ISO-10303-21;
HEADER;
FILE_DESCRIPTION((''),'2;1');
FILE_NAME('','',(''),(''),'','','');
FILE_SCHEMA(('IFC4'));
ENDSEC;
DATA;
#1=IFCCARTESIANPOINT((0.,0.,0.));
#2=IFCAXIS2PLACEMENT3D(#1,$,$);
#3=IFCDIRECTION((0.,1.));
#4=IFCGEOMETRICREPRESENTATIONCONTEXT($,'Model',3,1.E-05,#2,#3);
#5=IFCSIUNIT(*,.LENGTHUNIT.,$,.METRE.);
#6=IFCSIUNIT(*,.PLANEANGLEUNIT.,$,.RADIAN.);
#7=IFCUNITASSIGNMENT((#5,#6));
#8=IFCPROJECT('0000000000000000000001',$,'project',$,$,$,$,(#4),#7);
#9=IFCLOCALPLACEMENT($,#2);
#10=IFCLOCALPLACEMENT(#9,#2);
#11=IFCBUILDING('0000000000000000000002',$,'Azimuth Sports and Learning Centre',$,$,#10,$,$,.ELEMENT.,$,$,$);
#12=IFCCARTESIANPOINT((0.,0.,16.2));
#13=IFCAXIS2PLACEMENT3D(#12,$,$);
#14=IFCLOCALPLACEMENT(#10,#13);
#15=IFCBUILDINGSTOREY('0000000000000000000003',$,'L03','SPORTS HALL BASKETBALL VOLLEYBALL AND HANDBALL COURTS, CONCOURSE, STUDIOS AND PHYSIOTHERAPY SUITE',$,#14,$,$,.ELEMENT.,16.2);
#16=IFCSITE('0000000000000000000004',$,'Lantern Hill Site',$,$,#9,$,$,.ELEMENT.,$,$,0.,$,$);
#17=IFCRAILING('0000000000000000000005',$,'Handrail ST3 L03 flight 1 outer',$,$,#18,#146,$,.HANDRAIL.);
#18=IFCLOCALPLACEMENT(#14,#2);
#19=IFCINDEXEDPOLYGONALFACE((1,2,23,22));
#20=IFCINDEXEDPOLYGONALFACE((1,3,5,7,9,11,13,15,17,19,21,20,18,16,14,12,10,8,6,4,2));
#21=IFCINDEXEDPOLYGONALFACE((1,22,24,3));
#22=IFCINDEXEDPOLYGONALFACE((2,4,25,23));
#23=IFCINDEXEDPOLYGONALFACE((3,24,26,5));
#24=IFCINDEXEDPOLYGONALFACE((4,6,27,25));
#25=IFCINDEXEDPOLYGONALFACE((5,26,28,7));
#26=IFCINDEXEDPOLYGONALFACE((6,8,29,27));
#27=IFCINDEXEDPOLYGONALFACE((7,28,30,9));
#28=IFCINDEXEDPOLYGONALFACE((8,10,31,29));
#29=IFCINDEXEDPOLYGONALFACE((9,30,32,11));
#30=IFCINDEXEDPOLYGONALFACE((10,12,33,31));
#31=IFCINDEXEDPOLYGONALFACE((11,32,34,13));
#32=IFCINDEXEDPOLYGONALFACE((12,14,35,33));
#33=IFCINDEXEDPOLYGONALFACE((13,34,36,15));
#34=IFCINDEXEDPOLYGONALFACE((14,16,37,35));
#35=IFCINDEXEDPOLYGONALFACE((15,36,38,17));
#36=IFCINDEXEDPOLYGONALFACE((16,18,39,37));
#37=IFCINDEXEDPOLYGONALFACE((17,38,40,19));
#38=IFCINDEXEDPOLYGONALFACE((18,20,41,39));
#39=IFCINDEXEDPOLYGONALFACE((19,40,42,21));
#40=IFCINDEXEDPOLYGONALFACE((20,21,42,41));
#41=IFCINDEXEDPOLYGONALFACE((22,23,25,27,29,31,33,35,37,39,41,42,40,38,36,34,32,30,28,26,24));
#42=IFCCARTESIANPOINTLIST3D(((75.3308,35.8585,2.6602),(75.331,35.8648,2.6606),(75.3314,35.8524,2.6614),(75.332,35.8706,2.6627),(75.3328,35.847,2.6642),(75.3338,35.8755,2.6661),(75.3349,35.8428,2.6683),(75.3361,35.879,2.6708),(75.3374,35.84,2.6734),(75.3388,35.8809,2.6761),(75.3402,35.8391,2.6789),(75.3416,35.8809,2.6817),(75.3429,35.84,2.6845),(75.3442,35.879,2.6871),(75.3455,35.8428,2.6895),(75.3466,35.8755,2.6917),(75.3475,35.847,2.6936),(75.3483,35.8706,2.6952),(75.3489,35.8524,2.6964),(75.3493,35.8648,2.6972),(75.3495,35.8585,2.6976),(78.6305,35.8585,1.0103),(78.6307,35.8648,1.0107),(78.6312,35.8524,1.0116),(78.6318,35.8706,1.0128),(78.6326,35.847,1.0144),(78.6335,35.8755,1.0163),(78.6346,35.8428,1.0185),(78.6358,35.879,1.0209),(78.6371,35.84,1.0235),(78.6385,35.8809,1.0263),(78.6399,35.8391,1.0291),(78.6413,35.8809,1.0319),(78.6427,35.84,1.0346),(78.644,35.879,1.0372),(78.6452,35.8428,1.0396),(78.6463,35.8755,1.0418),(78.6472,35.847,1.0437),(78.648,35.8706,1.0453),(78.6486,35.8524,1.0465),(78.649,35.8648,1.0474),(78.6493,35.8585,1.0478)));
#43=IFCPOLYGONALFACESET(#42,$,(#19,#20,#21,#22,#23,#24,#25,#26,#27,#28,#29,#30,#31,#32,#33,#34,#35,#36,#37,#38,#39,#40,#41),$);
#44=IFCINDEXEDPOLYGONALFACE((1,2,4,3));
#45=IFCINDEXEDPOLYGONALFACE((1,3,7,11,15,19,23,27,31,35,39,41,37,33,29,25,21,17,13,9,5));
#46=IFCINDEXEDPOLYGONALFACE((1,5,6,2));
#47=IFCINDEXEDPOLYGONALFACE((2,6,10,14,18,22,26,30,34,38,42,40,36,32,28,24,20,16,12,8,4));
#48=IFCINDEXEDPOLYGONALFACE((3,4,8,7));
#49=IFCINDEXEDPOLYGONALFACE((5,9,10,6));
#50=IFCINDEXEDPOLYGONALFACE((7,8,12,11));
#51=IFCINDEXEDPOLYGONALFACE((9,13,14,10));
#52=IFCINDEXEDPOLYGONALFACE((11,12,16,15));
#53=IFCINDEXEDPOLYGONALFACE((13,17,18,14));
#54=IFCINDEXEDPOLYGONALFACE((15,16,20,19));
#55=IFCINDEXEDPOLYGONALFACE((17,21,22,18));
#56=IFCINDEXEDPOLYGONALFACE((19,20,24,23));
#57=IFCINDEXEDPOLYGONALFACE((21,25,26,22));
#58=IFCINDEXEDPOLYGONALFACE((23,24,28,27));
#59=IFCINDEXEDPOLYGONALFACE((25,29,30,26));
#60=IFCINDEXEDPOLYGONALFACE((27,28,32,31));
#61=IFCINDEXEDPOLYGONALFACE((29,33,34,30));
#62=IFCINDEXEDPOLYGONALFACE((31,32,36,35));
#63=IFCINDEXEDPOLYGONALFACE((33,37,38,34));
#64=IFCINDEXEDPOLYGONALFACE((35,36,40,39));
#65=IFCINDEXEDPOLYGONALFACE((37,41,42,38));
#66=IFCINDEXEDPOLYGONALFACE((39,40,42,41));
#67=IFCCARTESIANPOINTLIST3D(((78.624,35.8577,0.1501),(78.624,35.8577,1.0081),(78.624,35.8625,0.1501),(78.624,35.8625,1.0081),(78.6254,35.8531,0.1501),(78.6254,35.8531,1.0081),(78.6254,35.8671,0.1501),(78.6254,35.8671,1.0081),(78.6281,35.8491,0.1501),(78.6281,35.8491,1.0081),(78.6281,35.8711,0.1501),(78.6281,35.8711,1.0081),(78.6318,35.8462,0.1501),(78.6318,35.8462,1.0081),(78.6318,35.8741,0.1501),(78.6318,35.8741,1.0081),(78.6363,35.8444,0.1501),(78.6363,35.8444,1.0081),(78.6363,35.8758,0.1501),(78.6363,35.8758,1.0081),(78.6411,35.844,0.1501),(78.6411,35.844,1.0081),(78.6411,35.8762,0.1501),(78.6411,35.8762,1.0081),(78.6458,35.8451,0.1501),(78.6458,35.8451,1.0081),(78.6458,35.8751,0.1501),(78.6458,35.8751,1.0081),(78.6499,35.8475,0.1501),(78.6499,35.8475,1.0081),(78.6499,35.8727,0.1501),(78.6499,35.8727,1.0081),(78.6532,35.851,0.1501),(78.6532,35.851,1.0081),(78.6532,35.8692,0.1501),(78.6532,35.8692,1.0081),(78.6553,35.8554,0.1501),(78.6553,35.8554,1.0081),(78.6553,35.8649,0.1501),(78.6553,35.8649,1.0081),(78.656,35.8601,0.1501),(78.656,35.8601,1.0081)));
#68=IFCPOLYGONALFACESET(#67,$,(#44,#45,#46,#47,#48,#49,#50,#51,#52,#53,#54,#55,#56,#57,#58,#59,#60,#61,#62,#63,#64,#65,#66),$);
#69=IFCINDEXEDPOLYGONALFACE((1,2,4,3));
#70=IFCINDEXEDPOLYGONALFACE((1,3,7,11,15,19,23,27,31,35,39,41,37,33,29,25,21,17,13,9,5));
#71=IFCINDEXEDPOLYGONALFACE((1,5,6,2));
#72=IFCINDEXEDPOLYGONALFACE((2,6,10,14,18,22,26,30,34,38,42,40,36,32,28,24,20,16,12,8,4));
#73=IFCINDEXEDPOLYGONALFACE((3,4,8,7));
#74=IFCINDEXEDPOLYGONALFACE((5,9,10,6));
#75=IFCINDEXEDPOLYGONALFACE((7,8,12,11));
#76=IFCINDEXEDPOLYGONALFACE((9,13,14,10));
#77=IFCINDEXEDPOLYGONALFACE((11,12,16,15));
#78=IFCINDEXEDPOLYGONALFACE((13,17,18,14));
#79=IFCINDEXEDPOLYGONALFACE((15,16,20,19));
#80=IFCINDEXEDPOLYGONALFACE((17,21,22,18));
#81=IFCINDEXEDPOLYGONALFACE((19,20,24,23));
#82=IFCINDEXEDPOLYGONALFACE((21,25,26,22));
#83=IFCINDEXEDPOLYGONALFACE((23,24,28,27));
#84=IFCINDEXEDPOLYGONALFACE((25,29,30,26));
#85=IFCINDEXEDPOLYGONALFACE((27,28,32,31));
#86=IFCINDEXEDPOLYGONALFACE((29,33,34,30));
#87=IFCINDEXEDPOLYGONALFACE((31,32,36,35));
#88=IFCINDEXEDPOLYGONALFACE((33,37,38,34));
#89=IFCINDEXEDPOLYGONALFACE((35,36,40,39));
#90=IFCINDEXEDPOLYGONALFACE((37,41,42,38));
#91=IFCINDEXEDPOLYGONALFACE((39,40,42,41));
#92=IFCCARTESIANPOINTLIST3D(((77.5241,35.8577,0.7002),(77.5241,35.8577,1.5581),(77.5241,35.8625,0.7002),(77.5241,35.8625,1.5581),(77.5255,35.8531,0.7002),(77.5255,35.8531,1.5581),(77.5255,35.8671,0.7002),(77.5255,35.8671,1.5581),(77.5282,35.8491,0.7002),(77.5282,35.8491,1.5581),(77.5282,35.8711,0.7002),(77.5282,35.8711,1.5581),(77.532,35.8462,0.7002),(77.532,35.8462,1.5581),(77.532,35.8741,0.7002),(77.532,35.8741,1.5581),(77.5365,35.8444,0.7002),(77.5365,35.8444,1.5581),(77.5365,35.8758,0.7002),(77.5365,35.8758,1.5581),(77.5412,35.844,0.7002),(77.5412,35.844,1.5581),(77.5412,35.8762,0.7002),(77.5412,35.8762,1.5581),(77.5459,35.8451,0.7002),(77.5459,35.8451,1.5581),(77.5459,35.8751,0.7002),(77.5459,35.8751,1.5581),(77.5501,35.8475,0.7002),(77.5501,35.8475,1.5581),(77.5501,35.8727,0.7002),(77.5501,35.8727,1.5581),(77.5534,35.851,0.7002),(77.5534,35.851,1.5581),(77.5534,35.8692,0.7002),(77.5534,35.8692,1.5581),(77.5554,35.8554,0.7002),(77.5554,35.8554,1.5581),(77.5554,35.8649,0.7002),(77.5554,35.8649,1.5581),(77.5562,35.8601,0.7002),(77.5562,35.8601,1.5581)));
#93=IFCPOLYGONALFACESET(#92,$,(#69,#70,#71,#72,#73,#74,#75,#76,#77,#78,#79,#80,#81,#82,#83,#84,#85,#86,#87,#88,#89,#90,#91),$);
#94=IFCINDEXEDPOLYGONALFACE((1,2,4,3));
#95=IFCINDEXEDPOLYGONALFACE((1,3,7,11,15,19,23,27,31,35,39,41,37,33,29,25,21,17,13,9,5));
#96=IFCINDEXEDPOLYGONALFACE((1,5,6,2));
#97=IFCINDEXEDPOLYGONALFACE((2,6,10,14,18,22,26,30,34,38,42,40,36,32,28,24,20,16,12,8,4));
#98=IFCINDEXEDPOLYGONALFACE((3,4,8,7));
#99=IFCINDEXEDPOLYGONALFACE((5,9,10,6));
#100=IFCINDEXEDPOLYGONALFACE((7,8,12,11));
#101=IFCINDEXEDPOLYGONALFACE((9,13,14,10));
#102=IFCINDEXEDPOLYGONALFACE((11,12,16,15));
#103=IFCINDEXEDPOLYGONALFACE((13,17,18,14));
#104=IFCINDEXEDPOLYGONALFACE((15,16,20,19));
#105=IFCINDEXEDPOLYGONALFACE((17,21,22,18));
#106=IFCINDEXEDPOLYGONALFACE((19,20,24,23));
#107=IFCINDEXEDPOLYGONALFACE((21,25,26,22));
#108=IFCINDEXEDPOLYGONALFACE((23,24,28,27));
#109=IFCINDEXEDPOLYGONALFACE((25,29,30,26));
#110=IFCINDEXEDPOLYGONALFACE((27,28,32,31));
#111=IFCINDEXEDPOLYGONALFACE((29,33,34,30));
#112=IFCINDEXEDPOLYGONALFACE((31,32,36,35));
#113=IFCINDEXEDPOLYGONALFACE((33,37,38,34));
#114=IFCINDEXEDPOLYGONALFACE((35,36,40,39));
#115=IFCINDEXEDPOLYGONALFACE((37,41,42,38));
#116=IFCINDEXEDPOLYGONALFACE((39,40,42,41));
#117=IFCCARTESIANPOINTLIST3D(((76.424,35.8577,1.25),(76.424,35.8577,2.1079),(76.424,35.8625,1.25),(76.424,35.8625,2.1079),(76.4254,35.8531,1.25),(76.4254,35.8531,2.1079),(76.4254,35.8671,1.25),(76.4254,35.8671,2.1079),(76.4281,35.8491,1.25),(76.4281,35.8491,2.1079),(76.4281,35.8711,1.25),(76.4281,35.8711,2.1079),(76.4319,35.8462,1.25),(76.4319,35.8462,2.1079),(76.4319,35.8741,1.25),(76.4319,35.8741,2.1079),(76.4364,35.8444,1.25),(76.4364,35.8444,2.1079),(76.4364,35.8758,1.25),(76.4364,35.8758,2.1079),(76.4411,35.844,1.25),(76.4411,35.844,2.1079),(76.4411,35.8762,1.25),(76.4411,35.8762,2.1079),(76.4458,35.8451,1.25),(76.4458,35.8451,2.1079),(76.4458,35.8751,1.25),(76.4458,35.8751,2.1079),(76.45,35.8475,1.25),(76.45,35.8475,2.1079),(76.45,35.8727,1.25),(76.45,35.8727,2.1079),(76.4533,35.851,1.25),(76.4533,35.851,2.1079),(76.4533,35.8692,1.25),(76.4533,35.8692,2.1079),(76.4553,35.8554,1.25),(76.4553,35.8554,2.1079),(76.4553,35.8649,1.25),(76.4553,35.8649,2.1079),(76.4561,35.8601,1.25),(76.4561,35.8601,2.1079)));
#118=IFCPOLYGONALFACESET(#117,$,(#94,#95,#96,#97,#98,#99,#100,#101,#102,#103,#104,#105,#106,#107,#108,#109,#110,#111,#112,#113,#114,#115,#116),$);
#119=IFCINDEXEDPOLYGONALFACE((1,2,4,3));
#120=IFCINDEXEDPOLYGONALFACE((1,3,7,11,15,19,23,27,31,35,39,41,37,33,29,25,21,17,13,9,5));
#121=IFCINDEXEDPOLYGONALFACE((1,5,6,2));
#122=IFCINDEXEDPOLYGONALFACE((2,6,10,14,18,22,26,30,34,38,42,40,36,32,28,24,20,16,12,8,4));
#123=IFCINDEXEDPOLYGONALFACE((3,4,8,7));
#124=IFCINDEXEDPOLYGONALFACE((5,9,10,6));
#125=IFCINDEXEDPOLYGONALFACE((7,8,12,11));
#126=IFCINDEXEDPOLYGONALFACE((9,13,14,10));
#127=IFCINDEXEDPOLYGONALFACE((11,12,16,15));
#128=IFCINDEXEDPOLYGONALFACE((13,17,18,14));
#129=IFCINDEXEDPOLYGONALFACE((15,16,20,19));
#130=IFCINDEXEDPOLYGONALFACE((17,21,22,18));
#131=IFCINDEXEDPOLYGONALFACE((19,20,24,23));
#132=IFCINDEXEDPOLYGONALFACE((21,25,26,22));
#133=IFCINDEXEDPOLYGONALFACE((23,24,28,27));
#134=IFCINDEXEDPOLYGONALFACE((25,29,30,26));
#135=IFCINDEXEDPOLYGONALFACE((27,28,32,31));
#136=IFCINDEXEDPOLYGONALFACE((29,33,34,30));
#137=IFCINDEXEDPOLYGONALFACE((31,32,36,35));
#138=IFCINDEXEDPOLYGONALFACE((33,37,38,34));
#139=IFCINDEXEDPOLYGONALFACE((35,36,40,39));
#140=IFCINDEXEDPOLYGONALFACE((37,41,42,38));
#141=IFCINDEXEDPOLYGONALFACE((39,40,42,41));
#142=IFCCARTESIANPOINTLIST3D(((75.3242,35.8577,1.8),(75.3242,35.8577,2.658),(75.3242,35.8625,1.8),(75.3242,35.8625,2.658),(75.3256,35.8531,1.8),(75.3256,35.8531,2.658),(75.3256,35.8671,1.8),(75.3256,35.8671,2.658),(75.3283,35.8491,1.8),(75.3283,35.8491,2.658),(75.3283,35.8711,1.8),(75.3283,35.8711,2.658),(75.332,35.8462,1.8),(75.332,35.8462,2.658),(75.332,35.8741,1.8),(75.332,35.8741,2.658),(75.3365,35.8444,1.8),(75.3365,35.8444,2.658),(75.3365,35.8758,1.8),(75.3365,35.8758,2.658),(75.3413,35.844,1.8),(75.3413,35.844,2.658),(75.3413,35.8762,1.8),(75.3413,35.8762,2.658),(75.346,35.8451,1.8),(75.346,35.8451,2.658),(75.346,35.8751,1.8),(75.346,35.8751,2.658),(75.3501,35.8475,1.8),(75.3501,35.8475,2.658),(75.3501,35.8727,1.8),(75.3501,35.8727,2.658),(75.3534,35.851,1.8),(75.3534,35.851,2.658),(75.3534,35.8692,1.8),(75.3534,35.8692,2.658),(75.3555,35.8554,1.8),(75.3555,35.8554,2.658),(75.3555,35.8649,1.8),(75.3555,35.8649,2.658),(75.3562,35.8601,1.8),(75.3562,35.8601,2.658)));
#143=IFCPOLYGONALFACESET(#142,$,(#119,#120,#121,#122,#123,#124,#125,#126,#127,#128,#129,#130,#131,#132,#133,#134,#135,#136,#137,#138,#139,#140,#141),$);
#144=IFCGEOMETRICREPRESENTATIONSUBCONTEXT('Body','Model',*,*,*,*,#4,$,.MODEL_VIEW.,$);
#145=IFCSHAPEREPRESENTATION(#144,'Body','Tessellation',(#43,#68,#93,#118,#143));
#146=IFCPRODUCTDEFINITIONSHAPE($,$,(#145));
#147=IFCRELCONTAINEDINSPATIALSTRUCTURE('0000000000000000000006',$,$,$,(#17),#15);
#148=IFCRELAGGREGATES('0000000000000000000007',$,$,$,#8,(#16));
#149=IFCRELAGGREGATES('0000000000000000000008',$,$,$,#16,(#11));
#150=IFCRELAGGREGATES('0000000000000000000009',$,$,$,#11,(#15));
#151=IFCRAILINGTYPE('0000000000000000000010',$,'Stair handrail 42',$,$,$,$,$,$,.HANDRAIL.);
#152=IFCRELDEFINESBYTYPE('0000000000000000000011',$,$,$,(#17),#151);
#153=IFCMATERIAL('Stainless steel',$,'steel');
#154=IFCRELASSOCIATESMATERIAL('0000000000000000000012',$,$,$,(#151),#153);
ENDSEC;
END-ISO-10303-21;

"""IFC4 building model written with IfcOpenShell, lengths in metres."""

from ifc_helpers import new_model, si_unit, direction, frame, origin, origin_2d, place, context, subcontext, project, spatial, circle, extrude, material, type_object, element, save


model = new_model("IFC4")

# Units and contexts
model_context = context("Model", 3, precision=1e-05, world=origin(), true_north=direction((0.0, 1.0)))
body_context = subcontext(model_context, "Body", "Model", "MODEL_VIEW")
ifc_project = project(units=[si_unit("LENGTHUNIT", "METRE"), si_unit("PLANEANGLEUNIT", "RADIAN")], contexts=[model_context])

# Site, building, storey
site_placement = place(None, origin())
site = spatial("IfcSite", under=ifc_project, at=site_placement, Name="Lantern Hill Site", CompositionType="ELEMENT", RefElevation=0.0)
building_placement = place(site_placement, origin())
building = spatial("IfcBuilding", under=site, at=building_placement, Name="Azimuth Sports and Learning Centre", CompositionType="ELEMENT")
storey_placement = place(building_placement, frame((0.0, 0.0, 16.2)))
storey = spatial("IfcBuildingStorey", under=building, at=storey_placement, Name="L03", Description="SPORTS HALL BASKETBALL VOLLEYBALL AND HANDBALL COURTS, CONCOURSE, STUDIOS AND PHYSIOTHERAPY SUITE", CompositionType="ELEMENT", Elevation=16.2)

# Railing
ifc_material_1 = material(Name="Stainless steel", Category="steel")
railing_type = type_object("IfcRailingType", Name="Stair handrail 42", PredefinedType="HANDRAIL", material=ifc_material_1)
for number, where, name in (
    (1, (78.6399, 35.8601, 0.1501), "Handrail ST3 L03 flight 1 outer"),
):
    element("IfcRailing", number, at=place(storey_placement, frame(where)), inside=storey, type_object=railing_type, Name=name, PredefinedType="HANDRAIL", context=body_context, shape_type="SweptSolid", body=[
        extrude(circle(Radius=0.021, at=origin_2d()), frame((0.0, 0.0, 0.8789), z_axis=(-0.894427, 0.0, 0.447214), x_axis=(0.0, -1.0, 0.0)), (0.0, 0.0, 1.0), 3.6892),
        extrude(circle(Radius=0.0161, at=origin_2d()), origin(), (0.0, 0.0, 1.0), 0.8579),
        extrude(circle(Radius=0.0161, at=origin_2d()), frame((-1.0999, 0.0, 0.55)), (0.0, 0.0, 1.0), 0.8579),
        extrude(circle(Radius=0.0161, at=origin_2d()), frame((-2.2, 0.0, 1.0999)), (0.0, 0.0, 1.0), 0.8579),
        extrude(circle(Radius=0.0161, at=origin_2d()), frame((-3.2998, 0.0, 1.6499)), (0.0, 0.0, 1.0), 0.8579),
    ])

save(model, "model.ifc")
